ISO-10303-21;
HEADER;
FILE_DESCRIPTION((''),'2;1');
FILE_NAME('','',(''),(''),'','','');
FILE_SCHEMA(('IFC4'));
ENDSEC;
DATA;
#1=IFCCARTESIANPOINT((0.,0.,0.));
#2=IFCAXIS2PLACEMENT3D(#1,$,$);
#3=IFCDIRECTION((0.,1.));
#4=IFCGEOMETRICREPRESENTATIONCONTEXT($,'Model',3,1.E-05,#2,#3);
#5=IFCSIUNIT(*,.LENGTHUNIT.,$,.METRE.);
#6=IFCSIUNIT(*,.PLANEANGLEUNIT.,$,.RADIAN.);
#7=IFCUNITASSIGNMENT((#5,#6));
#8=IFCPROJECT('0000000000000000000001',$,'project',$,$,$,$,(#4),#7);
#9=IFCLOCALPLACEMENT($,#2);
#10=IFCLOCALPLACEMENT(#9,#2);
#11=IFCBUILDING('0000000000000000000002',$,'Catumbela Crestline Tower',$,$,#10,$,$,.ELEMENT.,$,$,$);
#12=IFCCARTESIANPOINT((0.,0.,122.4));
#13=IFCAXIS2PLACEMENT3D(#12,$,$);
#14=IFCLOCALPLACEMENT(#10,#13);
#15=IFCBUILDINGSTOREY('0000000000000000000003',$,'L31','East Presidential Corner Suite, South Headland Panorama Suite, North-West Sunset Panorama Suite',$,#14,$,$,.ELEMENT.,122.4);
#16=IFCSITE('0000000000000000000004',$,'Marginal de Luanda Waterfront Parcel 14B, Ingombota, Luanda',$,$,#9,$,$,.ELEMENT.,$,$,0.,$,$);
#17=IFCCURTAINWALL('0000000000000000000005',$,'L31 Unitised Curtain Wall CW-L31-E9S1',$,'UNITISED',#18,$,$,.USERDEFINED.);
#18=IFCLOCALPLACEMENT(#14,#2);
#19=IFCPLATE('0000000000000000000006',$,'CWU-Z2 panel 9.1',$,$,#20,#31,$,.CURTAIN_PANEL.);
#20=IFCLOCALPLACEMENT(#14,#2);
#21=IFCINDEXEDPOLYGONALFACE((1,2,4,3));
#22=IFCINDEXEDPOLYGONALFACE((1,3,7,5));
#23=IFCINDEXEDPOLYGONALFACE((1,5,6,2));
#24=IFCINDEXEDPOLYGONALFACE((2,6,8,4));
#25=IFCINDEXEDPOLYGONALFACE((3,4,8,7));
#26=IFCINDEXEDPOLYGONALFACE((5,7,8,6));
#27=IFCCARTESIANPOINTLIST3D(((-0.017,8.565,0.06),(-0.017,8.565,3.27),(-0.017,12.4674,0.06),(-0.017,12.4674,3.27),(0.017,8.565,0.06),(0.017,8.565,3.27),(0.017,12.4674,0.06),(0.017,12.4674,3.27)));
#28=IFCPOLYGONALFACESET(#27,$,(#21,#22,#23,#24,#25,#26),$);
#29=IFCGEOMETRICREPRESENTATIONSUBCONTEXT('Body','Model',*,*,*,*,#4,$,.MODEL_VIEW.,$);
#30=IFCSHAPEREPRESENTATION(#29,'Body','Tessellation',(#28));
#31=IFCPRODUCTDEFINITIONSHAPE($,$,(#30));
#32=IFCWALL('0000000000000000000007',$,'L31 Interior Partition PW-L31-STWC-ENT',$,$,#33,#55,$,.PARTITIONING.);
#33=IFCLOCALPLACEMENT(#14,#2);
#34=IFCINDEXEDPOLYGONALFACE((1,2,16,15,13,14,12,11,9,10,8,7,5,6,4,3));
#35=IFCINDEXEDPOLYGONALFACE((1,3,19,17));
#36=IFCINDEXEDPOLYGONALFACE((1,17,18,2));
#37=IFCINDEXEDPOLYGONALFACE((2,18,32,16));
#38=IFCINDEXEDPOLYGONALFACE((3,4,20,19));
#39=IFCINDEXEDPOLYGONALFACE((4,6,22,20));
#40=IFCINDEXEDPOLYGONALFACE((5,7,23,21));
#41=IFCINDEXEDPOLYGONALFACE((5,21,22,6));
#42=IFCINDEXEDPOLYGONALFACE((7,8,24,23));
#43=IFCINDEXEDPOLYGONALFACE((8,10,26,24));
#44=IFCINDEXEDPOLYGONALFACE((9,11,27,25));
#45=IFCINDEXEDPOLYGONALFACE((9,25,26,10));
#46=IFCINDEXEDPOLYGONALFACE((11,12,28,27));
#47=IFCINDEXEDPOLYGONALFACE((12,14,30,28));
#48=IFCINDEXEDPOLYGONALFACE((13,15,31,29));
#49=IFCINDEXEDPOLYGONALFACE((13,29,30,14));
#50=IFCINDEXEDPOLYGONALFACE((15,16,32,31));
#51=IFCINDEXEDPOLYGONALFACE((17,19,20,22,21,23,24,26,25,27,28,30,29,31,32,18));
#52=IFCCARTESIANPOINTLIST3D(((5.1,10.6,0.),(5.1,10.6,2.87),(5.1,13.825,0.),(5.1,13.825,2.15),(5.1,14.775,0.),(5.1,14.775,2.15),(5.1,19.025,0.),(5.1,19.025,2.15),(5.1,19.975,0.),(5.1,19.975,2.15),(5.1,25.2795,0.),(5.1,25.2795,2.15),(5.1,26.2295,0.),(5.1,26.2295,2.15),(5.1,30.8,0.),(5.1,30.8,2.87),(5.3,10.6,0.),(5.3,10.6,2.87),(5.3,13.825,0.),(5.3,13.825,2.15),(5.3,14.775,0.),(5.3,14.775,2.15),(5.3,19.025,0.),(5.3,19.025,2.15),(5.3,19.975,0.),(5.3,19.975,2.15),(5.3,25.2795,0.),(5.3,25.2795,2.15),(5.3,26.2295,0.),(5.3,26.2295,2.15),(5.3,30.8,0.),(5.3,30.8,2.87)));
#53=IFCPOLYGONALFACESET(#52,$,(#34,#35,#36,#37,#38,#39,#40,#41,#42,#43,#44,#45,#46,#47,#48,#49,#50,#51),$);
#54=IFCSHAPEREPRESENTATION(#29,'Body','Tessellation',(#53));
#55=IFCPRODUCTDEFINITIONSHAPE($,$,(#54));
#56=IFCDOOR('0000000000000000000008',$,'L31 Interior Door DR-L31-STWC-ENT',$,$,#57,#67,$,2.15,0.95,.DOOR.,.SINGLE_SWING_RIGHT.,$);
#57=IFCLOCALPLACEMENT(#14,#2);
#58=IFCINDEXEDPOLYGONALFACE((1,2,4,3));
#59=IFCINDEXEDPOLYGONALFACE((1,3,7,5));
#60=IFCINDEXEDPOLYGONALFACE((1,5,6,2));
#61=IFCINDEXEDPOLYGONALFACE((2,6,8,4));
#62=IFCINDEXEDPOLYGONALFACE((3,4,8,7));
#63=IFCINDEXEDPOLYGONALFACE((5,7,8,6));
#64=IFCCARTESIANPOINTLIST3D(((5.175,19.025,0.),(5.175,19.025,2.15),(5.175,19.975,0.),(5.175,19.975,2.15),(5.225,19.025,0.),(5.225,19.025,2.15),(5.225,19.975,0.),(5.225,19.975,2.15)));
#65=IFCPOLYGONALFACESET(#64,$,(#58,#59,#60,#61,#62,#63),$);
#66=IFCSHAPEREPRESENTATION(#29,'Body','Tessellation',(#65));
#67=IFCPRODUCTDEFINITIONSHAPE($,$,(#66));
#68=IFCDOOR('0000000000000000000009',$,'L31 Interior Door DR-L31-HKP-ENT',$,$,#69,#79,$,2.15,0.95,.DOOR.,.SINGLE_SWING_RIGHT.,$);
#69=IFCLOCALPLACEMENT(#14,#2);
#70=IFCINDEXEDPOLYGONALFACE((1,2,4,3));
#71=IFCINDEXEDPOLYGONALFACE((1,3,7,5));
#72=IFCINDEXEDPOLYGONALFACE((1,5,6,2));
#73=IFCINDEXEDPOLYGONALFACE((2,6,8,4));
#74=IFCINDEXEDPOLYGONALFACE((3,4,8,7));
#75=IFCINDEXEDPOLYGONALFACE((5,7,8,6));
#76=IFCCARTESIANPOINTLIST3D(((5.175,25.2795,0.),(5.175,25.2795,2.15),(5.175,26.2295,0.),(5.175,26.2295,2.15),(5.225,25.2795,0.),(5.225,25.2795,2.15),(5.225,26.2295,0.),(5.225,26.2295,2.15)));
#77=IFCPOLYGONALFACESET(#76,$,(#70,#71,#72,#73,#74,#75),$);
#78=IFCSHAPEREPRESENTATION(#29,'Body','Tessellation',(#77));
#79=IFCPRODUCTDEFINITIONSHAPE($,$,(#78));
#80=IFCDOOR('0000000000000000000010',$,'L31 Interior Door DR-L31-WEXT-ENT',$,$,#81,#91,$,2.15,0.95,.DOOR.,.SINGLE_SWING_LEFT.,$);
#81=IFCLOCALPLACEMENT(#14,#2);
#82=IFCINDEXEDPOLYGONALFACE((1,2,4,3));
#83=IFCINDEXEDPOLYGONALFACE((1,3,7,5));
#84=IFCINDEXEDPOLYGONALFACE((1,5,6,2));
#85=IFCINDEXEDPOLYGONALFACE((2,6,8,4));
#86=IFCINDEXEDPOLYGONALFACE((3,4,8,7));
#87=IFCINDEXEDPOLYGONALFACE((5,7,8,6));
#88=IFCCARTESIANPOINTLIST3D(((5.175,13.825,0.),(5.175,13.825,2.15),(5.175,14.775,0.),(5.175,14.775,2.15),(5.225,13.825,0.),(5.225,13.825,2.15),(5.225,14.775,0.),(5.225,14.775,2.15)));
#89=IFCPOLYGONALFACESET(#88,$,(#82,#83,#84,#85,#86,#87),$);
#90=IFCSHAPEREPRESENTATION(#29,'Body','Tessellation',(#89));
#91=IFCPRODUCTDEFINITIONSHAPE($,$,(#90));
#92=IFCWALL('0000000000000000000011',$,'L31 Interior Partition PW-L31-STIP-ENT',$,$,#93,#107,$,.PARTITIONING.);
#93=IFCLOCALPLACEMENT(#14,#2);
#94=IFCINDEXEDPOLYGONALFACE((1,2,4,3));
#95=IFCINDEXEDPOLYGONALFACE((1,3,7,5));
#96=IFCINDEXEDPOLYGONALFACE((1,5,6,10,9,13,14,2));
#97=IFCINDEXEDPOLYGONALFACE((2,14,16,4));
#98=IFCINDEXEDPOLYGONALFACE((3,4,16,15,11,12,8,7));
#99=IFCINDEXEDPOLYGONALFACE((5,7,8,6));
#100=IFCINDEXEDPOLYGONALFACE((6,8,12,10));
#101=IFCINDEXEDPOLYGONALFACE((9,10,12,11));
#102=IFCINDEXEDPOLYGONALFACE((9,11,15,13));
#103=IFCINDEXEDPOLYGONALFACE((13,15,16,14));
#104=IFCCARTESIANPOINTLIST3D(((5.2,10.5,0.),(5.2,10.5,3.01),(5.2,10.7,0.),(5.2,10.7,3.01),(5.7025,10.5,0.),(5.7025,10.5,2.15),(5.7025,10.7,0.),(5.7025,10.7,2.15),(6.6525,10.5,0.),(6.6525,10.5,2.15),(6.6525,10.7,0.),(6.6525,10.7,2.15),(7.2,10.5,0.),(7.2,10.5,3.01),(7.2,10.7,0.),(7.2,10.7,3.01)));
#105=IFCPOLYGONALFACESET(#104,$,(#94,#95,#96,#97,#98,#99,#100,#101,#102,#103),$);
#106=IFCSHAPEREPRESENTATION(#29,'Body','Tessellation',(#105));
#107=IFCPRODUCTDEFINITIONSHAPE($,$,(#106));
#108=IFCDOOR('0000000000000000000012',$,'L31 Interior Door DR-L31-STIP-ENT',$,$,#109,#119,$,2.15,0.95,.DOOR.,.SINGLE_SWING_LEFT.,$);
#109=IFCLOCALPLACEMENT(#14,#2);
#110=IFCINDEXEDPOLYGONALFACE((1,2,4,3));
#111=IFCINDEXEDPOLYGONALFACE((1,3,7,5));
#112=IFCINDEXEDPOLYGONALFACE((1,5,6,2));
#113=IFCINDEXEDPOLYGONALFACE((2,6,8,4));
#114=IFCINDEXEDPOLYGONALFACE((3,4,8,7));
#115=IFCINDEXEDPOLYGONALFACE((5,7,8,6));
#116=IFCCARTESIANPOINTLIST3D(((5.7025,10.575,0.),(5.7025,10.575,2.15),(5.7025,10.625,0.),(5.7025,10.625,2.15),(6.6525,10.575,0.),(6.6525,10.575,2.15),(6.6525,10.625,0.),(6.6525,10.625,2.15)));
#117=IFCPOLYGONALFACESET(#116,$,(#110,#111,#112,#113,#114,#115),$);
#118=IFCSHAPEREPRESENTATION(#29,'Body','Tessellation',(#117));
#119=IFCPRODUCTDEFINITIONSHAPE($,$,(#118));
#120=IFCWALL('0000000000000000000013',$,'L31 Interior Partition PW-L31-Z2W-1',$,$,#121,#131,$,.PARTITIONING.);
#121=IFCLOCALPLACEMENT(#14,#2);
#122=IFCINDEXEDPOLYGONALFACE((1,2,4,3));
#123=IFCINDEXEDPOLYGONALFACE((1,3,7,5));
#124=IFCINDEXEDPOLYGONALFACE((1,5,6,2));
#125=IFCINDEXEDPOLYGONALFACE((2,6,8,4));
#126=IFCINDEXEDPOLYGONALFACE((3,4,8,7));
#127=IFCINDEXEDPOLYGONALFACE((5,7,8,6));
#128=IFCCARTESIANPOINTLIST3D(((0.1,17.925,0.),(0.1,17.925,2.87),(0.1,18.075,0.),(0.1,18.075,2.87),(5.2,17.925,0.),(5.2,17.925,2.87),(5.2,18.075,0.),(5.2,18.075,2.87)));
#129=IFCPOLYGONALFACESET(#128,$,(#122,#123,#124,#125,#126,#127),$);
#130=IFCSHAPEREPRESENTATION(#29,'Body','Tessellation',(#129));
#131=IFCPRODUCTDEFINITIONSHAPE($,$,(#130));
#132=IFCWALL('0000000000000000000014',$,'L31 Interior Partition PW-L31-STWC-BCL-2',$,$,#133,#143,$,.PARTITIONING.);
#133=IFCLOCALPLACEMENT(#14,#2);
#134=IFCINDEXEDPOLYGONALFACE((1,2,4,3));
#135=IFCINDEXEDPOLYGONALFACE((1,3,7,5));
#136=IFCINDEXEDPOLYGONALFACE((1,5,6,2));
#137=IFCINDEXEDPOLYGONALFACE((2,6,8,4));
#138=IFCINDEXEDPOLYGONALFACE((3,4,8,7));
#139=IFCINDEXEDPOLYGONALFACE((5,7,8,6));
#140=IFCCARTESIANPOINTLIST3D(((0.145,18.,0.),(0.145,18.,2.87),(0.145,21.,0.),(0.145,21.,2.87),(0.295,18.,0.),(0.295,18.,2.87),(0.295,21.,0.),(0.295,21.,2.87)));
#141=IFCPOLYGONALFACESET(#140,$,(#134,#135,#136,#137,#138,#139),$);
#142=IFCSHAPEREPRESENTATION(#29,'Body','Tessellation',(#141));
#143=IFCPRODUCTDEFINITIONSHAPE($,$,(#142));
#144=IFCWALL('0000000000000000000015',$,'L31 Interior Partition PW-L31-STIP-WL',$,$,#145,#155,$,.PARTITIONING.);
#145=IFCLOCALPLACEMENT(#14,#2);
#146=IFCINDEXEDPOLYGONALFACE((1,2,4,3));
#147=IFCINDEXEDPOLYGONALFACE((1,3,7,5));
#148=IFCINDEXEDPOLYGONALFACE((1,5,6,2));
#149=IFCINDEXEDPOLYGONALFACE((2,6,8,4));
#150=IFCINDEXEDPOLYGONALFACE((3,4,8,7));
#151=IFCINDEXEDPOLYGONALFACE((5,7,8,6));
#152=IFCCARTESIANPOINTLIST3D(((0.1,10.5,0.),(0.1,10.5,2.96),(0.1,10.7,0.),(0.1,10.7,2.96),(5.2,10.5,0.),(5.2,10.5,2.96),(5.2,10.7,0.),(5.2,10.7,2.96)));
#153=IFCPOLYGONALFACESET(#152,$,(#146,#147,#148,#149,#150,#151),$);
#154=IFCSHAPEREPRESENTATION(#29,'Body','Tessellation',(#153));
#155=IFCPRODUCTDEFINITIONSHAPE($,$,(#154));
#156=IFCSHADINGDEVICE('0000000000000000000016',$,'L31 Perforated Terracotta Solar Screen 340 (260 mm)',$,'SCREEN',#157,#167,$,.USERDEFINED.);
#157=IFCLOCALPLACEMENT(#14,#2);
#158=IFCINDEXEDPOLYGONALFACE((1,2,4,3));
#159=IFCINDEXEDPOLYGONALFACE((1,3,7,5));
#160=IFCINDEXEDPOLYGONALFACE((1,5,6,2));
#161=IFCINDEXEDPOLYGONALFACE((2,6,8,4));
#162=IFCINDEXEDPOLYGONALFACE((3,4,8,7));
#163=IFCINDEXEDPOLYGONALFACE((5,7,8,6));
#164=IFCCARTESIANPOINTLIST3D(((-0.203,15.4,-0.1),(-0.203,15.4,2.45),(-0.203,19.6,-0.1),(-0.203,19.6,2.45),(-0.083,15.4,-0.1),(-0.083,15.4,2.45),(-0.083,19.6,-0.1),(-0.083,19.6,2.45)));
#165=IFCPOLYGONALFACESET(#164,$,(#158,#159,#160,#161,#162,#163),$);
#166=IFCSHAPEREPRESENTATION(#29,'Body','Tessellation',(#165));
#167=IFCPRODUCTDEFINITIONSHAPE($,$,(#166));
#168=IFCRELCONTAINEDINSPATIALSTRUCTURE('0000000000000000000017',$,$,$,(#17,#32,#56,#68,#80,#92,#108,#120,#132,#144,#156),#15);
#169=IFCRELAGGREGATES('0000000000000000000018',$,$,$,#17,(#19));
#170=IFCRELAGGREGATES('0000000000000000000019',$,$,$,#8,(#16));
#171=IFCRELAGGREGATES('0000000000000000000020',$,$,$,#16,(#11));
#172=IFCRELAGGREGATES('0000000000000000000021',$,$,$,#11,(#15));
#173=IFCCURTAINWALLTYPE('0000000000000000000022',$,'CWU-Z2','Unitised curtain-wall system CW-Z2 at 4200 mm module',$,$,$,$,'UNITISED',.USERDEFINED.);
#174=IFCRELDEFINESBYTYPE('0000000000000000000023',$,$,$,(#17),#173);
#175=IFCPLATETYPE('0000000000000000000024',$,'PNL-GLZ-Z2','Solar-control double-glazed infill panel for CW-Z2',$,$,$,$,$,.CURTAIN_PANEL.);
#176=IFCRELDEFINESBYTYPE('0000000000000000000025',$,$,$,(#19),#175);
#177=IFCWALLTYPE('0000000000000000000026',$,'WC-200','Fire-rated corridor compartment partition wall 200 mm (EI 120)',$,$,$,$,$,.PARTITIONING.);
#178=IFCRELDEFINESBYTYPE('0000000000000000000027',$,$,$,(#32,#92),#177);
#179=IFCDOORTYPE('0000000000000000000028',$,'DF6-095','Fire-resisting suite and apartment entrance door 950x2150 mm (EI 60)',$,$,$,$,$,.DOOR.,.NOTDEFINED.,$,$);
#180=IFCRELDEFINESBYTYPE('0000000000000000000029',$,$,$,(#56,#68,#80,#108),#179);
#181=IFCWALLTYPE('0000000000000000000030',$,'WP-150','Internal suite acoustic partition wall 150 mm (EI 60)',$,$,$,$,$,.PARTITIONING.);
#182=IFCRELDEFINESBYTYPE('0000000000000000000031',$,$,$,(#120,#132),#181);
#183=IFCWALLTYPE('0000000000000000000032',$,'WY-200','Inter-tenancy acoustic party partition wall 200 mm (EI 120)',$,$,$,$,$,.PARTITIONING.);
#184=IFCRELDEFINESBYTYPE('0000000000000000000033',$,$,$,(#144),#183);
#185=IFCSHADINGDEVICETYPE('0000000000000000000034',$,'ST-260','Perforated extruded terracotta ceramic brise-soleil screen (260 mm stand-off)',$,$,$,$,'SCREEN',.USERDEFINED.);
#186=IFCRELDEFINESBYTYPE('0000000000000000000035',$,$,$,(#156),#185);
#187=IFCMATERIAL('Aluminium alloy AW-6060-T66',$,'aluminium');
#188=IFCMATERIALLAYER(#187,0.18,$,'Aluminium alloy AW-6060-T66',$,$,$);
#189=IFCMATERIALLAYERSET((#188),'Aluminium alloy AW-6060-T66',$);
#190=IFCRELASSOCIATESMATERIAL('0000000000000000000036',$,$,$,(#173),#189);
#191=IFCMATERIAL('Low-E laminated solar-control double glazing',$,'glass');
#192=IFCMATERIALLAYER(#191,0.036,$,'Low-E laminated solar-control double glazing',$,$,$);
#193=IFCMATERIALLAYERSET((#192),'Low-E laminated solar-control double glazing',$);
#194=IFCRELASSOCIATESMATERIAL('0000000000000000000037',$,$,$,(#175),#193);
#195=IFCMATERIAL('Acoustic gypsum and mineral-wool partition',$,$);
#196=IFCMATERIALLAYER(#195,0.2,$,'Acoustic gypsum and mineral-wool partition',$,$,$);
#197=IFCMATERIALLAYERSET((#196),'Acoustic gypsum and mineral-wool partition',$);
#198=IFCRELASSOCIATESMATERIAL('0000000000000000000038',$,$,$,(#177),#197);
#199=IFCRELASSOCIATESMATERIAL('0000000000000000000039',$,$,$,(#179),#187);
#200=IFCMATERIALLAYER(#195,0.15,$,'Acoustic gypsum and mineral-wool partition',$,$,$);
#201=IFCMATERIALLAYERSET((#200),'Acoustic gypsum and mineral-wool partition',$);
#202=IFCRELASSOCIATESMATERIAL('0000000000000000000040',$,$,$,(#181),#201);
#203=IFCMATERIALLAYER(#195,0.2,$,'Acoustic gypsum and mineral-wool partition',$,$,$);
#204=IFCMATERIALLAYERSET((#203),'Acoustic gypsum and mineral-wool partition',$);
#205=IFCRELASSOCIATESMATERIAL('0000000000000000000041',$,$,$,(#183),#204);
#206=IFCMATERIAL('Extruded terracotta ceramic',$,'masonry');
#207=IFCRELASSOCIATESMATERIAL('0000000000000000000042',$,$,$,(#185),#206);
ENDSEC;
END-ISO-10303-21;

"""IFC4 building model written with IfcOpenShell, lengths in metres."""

from ifc_helpers import new_model, si_unit, direction, frame, frame_2d, origin, origin_2d, place, context, subcontext, project, spatial, rectangle, extrude, material, layer, layer_set, type_object, element, fill, aggregate, save


model = new_model("IFC4")

# Units and contexts
model_context = context("Model", 3, precision=1e-05, world=origin(), true_north=direction((0.0, 1.0)))
body_context = subcontext(model_context, "Body", "Model", "MODEL_VIEW")
ifc_project = project(units=[si_unit("LENGTHUNIT", "METRE"), si_unit("PLANEANGLEUNIT", "RADIAN")], contexts=[model_context])

# Site, building, storey
site_placement = place(None, origin())
site = spatial("IfcSite", under=ifc_project, at=site_placement, Name="Marginal de Luanda Waterfront Parcel 14B, Ingombota, Luanda", CompositionType="ELEMENT", RefElevation=0.0)
building_placement = place(site_placement, origin())
building = spatial("IfcBuilding", under=site, at=building_placement, Name="Catumbela Crestline Tower", CompositionType="ELEMENT")
storey_placement = place(building_placement, frame((0.0, 0.0, 122.4)))
storey = spatial("IfcBuildingStorey", under=building, at=storey_placement, Name="L31", Description="East Presidential Corner Suite, South Headland Panorama Suite, North-West Sunset Panorama Suite", CompositionType="ELEMENT", Elevation=122.4)

# Curtain wall
ifc_material_1 = material(Name="Aluminium alloy AW-6060-T66", Category="aluminium")
ifc_layer_1 = layer(ifc_material_1, 0.18, Name="Aluminium alloy AW-6060-T66")
ifc_layer_set_1 = layer_set([ifc_layer_1], Name="Aluminium alloy AW-6060-T66")
curtain_wall_type = type_object("IfcCurtainWallType", Name="CWU-Z2", Description="Unitised curtain-wall system CW-Z2 at 4200 mm module", ElementType="UNITISED", PredefinedType="USERDEFINED", material=ifc_layer_set_1)
curtain_wall_placement = place(storey_placement, origin())
curtain_wall = element("IfcCurtainWall", 1, at=curtain_wall_placement, inside=storey, type_object=curtain_wall_type, Name="L31 Unitised Curtain Wall CW-L31-E9S1", ObjectType="UNITISED", PredefinedType="USERDEFINED")

# Plate
ifc_material_2 = material(Name="Low-E laminated solar-control double glazing", Category="glass")
ifc_layer_2 = layer(ifc_material_2, 0.036, Name="Low-E laminated solar-control double glazing")
ifc_layer_set_2 = layer_set([ifc_layer_2], Name="Low-E laminated solar-control double glazing")
plate_type = type_object("IfcPlateType", Name="PNL-GLZ-Z2", Description="Solar-control double-glazed infill panel for CW-Z2", PredefinedType="CURTAIN_PANEL", material=ifc_layer_set_2)
plate_1_placement = place(storey_placement, frame((0.0, 10.5162, 0.06), z_axis=(0.0, 0.0, 1.0), x_axis=(0.0, -1.0, 0.0)))
plate_1 = element("IfcPlate", 2, at=plate_1_placement, type_object=plate_type, Name="CWU-Z2 panel 9.1", PredefinedType="CURTAIN_PANEL", context=body_context, shape_type="SweptSolid", body=[
    extrude(rectangle(XDim=3.9025, YDim=0.034, at=origin_2d()), origin(), (0.0, 0.0, 1.0), 3.21),
])
aggregate(curtain_wall, [plate_1])

# Wall, openings, doors
ifc_material_3 = material(Name="Acoustic gypsum and mineral-wool partition")
ifc_layer_3 = layer(ifc_material_3, 0.2, Name="Acoustic gypsum and mineral-wool partition")
ifc_layer_set_3 = layer_set([ifc_layer_3], Name="Acoustic gypsum and mineral-wool partition")
wall_type_1 = type_object("IfcWallType", Name="WC-200", Description="Fire-rated corridor compartment partition wall 200 mm (EI 120)", PredefinedType="PARTITIONING", material=ifc_layer_set_3)
wall_1_placement = place(storey_placement, frame((5.2, 10.6, 0.0), z_axis=(0.0, 0.0, 1.0), x_axis=(0.0, 1.0, 0.0)))
wall_1 = element("IfcWall", 3, at=wall_1_placement, inside=storey, type_object=wall_type_1, Name="L31 Interior Partition PW-L31-STWC-ENT", PredefinedType="PARTITIONING", context=body_context, shape_type="SweptSolid", body=[
    extrude(rectangle(XDim=20.2, YDim=0.2, at=frame_2d((10.1, 0.0))), origin(), (0.0, 0.0, 1.0), 2.87),
])
opening_1_placement = place(wall_1_placement, frame((8.425, 0.0, 0.0)))
opening_1 = element("IfcOpeningElement", 4, at=opening_1_placement, cuts=wall_1, PredefinedType="OPENING", context=body_context, shape_type="SweptSolid", body=[
    extrude(rectangle(XDim=0.95, YDim=2.15, at=frame_2d((0.475, 1.075))), frame((0.0, 0.11, 0.0), z_axis=(0.0, -1.0, 0.0), x_axis=(1.0, 0.0, 0.0)), (0.0, 0.0, 1.0), 0.22),
])
opening_2_placement = place(wall_1_placement, frame((14.6795, 0.0, 0.0)))
opening_2 = element("IfcOpeningElement", 5, at=opening_2_placement, cuts=wall_1, PredefinedType="OPENING", context=body_context, shape_type="SweptSolid", body=[
    extrude(rectangle(XDim=0.95, YDim=2.15, at=frame_2d((0.475, 1.075))), frame((0.0, 0.11, 0.0), z_axis=(0.0, -1.0, 0.0), x_axis=(1.0, 0.0, 0.0)), (0.0, 0.0, 1.0), 0.22),
])
opening_3_placement = place(wall_1_placement, frame((3.225, 0.0, 0.0)))
opening_3 = element("IfcOpeningElement", 6, at=opening_3_placement, cuts=wall_1, PredefinedType="OPENING", context=body_context, shape_type="SweptSolid", body=[
    extrude(rectangle(XDim=0.95, YDim=2.15, at=frame_2d((0.475, 1.075))), frame((0.0, 0.11, 0.0), z_axis=(0.0, -1.0, 0.0), x_axis=(1.0, 0.0, 0.0)), (0.0, 0.0, 1.0), 0.22),
])
door_type = type_object("IfcDoorType", Name="DF6-095", Description="Fire-resisting suite and apartment entrance door 950x2150 mm (EI 60)", OperationType="NOTDEFINED", PredefinedType="DOOR", material=ifc_material_1)
door_1_placement = place(opening_1_placement, origin())
door_1 = element("IfcDoor", 7, at=door_1_placement, inside=storey, type_object=door_type, Name="L31 Interior Door DR-L31-STWC-ENT", OperationType="SINGLE_SWING_RIGHT", OverallHeight=2.15, OverallWidth=0.95, PredefinedType="DOOR", context=body_context, shape_type="SweptSolid", body=[
    extrude(rectangle(XDim=0.95, YDim=2.15, at=frame_2d((0.475, 1.075))), frame((0.0, 0.025, 0.0), z_axis=(0.0, -1.0, 0.0), x_axis=(1.0, 0.0, 0.0)), (0.0, 0.0, 1.0), 0.05),
])
fill(opening_1, door_1)
door_2_placement = place(opening_2_placement, origin())
door_2 = element("IfcDoor", 8, at=door_2_placement, inside=storey, type_object=door_type, Name="L31 Interior Door DR-L31-HKP-ENT", OperationType="SINGLE_SWING_RIGHT", OverallHeight=2.15, OverallWidth=0.95, PredefinedType="DOOR", context=body_context, shape_type="SweptSolid", body=[
    extrude(rectangle(XDim=0.95, YDim=2.15, at=frame_2d((0.475, 1.075))), frame((0.0, 0.025, 0.0), z_axis=(0.0, -1.0, 0.0), x_axis=(1.0, 0.0, 0.0)), (0.0, 0.0, 1.0), 0.05),
])
fill(opening_2, door_2)
door_3_placement = place(opening_3_placement, origin())
door_3 = element("IfcDoor", 9, at=door_3_placement, inside=storey, type_object=door_type, Name="L31 Interior Door DR-L31-WEXT-ENT", OperationType="SINGLE_SWING_LEFT", OverallHeight=2.15, OverallWidth=0.95, PredefinedType="DOOR", context=body_context, shape_type="SweptSolid", body=[
    extrude(rectangle(XDim=0.95, YDim=2.15, at=frame_2d((0.475, 1.075))), frame((0.0, 0.025, 0.0), z_axis=(0.0, -1.0, 0.0), x_axis=(1.0, 0.0, 0.0)), (0.0, 0.0, 1.0), 0.05),
])
fill(opening_3, door_3)

# Wall, opening, door
wall_2_placement = place(storey_placement, frame((5.2, 10.6, 0.0), z_axis=(0.0, 0.0, 1.0), x_axis=(1.0, 0.0, 0.0)))
wall_2 = element("IfcWall", 10, at=wall_2_placement, inside=storey, type_object=wall_type_1, Name="L31 Interior Partition PW-L31-STIP-ENT", PredefinedType="PARTITIONING", context=body_context, shape_type="SweptSolid", body=[
    extrude(rectangle(XDim=2.0, YDim=0.2, at=frame_2d((1.0, 0.0))), origin(), (0.0, 0.0, 1.0), 3.01),
])
opening_4_placement = place(wall_2_placement, frame((0.5025, 0.0, 0.0)))
opening_4 = element("IfcOpeningElement", 11, at=opening_4_placement, cuts=wall_2, PredefinedType="OPENING", context=body_context, shape_type="SweptSolid", body=[
    extrude(rectangle(XDim=0.95, YDim=2.15, at=frame_2d((0.475, 1.075))), frame((0.0, 0.11, 0.0), z_axis=(0.0, -1.0, 0.0), x_axis=(1.0, 0.0, 0.0)), (0.0, 0.0, 1.0), 0.22),
])
door_4_placement = place(opening_4_placement, origin())
door_4 = element("IfcDoor", 12, at=door_4_placement, inside=storey, type_object=door_type, Name="L31 Interior Door DR-L31-STIP-ENT", OperationType="SINGLE_SWING_LEFT", OverallHeight=2.15, OverallWidth=0.95, PredefinedType="DOOR", context=body_context, shape_type="SweptSolid", body=[
    extrude(rectangle(XDim=0.95, YDim=2.15, at=frame_2d((0.475, 1.075))), frame((0.0, 0.025, 0.0), z_axis=(0.0, -1.0, 0.0), x_axis=(1.0, 0.0, 0.0)), (0.0, 0.0, 1.0), 0.05),
])
fill(opening_4, door_4)

# Walls
ifc_layer_4 = layer(ifc_material_3, 0.15, Name="Acoustic gypsum and mineral-wool partition")
ifc_layer_set_4 = layer_set([ifc_layer_4], Name="Acoustic gypsum and mineral-wool partition")
wall_type_2 = type_object("IfcWallType", Name="WP-150", Description="Internal suite acoustic partition wall 150 mm (EI 60)", PredefinedType="PARTITIONING", material=ifc_layer_set_4)
wall_3_placement = place(storey_placement, frame((0.1, 18.0, 0.0), z_axis=(0.0, 0.0, 1.0), x_axis=(1.0, 0.0, 0.0)))
element("IfcWall", 13, at=wall_3_placement, inside=storey, type_object=wall_type_2, Name="L31 Interior Partition PW-L31-Z2W-1", PredefinedType="PARTITIONING", context=body_context, shape_type="SweptSolid", body=[
    extrude(rectangle(XDim=5.1, YDim=0.15, at=frame_2d((2.55, 0.0))), origin(), (0.0, 0.0, 1.0), 2.87),
])
wall_4_placement = place(storey_placement, frame((0.22, 18.0, 0.0), z_axis=(0.0, 0.0, 1.0), x_axis=(0.0, 1.0, 0.0)))
element("IfcWall", 14, at=wall_4_placement, inside=storey, type_object=wall_type_2, Name="L31 Interior Partition PW-L31-STWC-BCL-2", PredefinedType="PARTITIONING", context=body_context, shape_type="SweptSolid", body=[
    extrude(rectangle(XDim=3.0, YDim=0.15, at=frame_2d((1.5, 0.0))), origin(), (0.0, 0.0, 1.0), 2.87),
])
ifc_layer_5 = layer(ifc_material_3, 0.2, Name="Acoustic gypsum and mineral-wool partition")
ifc_layer_set_5 = layer_set([ifc_layer_5], Name="Acoustic gypsum and mineral-wool partition")
wall_type_3 = type_object("IfcWallType", Name="WY-200", Description="Inter-tenancy acoustic party partition wall 200 mm (EI 120)", PredefinedType="PARTITIONING", material=ifc_layer_set_5)
wall_5_placement = place(storey_placement, frame((0.1, 10.6, 0.0), z_axis=(0.0, 0.0, 1.0), x_axis=(1.0, 0.0, 0.0)))
element("IfcWall", 15, at=wall_5_placement, inside=storey, type_object=wall_type_3, Name="L31 Interior Partition PW-L31-STIP-WL", PredefinedType="PARTITIONING", context=body_context, shape_type="SweptSolid", body=[
    extrude(rectangle(XDim=5.1, YDim=0.2, at=frame_2d((2.55, 0.0))), origin(), (0.0, 0.0, 1.0), 2.96),
])

# Shading device
ifc_material_4 = material(Name="Extruded terracotta ceramic", Category="masonry")
shading_device_type = type_object("IfcShadingDeviceType", Name="ST-260", Description="Perforated extruded terracotta ceramic brise-soleil screen (260 mm stand-off)", ElementType="SCREEN", PredefinedType="USERDEFINED", material=ifc_material_4)
shading_device_placement = place(storey_placement, frame((-0.143, 17.5, -0.1), z_axis=(0.0, 0.0, 1.0), x_axis=(0.0, -1.0, 0.0)))
element("IfcShadingDevice", 16, at=shading_device_placement, inside=storey, type_object=shading_device_type, Name="L31 Perforated Terracotta Solar Screen 340 (260 mm)", ObjectType="SCREEN", PredefinedType="USERDEFINED", context=body_context, shape_type="SweptSolid", body=[
    extrude(rectangle(XDim=4.2, YDim=0.12, at=origin_2d()), origin(), (0.0, 0.0, 1.0), 2.55),
])

save(model, "model.ifc")
